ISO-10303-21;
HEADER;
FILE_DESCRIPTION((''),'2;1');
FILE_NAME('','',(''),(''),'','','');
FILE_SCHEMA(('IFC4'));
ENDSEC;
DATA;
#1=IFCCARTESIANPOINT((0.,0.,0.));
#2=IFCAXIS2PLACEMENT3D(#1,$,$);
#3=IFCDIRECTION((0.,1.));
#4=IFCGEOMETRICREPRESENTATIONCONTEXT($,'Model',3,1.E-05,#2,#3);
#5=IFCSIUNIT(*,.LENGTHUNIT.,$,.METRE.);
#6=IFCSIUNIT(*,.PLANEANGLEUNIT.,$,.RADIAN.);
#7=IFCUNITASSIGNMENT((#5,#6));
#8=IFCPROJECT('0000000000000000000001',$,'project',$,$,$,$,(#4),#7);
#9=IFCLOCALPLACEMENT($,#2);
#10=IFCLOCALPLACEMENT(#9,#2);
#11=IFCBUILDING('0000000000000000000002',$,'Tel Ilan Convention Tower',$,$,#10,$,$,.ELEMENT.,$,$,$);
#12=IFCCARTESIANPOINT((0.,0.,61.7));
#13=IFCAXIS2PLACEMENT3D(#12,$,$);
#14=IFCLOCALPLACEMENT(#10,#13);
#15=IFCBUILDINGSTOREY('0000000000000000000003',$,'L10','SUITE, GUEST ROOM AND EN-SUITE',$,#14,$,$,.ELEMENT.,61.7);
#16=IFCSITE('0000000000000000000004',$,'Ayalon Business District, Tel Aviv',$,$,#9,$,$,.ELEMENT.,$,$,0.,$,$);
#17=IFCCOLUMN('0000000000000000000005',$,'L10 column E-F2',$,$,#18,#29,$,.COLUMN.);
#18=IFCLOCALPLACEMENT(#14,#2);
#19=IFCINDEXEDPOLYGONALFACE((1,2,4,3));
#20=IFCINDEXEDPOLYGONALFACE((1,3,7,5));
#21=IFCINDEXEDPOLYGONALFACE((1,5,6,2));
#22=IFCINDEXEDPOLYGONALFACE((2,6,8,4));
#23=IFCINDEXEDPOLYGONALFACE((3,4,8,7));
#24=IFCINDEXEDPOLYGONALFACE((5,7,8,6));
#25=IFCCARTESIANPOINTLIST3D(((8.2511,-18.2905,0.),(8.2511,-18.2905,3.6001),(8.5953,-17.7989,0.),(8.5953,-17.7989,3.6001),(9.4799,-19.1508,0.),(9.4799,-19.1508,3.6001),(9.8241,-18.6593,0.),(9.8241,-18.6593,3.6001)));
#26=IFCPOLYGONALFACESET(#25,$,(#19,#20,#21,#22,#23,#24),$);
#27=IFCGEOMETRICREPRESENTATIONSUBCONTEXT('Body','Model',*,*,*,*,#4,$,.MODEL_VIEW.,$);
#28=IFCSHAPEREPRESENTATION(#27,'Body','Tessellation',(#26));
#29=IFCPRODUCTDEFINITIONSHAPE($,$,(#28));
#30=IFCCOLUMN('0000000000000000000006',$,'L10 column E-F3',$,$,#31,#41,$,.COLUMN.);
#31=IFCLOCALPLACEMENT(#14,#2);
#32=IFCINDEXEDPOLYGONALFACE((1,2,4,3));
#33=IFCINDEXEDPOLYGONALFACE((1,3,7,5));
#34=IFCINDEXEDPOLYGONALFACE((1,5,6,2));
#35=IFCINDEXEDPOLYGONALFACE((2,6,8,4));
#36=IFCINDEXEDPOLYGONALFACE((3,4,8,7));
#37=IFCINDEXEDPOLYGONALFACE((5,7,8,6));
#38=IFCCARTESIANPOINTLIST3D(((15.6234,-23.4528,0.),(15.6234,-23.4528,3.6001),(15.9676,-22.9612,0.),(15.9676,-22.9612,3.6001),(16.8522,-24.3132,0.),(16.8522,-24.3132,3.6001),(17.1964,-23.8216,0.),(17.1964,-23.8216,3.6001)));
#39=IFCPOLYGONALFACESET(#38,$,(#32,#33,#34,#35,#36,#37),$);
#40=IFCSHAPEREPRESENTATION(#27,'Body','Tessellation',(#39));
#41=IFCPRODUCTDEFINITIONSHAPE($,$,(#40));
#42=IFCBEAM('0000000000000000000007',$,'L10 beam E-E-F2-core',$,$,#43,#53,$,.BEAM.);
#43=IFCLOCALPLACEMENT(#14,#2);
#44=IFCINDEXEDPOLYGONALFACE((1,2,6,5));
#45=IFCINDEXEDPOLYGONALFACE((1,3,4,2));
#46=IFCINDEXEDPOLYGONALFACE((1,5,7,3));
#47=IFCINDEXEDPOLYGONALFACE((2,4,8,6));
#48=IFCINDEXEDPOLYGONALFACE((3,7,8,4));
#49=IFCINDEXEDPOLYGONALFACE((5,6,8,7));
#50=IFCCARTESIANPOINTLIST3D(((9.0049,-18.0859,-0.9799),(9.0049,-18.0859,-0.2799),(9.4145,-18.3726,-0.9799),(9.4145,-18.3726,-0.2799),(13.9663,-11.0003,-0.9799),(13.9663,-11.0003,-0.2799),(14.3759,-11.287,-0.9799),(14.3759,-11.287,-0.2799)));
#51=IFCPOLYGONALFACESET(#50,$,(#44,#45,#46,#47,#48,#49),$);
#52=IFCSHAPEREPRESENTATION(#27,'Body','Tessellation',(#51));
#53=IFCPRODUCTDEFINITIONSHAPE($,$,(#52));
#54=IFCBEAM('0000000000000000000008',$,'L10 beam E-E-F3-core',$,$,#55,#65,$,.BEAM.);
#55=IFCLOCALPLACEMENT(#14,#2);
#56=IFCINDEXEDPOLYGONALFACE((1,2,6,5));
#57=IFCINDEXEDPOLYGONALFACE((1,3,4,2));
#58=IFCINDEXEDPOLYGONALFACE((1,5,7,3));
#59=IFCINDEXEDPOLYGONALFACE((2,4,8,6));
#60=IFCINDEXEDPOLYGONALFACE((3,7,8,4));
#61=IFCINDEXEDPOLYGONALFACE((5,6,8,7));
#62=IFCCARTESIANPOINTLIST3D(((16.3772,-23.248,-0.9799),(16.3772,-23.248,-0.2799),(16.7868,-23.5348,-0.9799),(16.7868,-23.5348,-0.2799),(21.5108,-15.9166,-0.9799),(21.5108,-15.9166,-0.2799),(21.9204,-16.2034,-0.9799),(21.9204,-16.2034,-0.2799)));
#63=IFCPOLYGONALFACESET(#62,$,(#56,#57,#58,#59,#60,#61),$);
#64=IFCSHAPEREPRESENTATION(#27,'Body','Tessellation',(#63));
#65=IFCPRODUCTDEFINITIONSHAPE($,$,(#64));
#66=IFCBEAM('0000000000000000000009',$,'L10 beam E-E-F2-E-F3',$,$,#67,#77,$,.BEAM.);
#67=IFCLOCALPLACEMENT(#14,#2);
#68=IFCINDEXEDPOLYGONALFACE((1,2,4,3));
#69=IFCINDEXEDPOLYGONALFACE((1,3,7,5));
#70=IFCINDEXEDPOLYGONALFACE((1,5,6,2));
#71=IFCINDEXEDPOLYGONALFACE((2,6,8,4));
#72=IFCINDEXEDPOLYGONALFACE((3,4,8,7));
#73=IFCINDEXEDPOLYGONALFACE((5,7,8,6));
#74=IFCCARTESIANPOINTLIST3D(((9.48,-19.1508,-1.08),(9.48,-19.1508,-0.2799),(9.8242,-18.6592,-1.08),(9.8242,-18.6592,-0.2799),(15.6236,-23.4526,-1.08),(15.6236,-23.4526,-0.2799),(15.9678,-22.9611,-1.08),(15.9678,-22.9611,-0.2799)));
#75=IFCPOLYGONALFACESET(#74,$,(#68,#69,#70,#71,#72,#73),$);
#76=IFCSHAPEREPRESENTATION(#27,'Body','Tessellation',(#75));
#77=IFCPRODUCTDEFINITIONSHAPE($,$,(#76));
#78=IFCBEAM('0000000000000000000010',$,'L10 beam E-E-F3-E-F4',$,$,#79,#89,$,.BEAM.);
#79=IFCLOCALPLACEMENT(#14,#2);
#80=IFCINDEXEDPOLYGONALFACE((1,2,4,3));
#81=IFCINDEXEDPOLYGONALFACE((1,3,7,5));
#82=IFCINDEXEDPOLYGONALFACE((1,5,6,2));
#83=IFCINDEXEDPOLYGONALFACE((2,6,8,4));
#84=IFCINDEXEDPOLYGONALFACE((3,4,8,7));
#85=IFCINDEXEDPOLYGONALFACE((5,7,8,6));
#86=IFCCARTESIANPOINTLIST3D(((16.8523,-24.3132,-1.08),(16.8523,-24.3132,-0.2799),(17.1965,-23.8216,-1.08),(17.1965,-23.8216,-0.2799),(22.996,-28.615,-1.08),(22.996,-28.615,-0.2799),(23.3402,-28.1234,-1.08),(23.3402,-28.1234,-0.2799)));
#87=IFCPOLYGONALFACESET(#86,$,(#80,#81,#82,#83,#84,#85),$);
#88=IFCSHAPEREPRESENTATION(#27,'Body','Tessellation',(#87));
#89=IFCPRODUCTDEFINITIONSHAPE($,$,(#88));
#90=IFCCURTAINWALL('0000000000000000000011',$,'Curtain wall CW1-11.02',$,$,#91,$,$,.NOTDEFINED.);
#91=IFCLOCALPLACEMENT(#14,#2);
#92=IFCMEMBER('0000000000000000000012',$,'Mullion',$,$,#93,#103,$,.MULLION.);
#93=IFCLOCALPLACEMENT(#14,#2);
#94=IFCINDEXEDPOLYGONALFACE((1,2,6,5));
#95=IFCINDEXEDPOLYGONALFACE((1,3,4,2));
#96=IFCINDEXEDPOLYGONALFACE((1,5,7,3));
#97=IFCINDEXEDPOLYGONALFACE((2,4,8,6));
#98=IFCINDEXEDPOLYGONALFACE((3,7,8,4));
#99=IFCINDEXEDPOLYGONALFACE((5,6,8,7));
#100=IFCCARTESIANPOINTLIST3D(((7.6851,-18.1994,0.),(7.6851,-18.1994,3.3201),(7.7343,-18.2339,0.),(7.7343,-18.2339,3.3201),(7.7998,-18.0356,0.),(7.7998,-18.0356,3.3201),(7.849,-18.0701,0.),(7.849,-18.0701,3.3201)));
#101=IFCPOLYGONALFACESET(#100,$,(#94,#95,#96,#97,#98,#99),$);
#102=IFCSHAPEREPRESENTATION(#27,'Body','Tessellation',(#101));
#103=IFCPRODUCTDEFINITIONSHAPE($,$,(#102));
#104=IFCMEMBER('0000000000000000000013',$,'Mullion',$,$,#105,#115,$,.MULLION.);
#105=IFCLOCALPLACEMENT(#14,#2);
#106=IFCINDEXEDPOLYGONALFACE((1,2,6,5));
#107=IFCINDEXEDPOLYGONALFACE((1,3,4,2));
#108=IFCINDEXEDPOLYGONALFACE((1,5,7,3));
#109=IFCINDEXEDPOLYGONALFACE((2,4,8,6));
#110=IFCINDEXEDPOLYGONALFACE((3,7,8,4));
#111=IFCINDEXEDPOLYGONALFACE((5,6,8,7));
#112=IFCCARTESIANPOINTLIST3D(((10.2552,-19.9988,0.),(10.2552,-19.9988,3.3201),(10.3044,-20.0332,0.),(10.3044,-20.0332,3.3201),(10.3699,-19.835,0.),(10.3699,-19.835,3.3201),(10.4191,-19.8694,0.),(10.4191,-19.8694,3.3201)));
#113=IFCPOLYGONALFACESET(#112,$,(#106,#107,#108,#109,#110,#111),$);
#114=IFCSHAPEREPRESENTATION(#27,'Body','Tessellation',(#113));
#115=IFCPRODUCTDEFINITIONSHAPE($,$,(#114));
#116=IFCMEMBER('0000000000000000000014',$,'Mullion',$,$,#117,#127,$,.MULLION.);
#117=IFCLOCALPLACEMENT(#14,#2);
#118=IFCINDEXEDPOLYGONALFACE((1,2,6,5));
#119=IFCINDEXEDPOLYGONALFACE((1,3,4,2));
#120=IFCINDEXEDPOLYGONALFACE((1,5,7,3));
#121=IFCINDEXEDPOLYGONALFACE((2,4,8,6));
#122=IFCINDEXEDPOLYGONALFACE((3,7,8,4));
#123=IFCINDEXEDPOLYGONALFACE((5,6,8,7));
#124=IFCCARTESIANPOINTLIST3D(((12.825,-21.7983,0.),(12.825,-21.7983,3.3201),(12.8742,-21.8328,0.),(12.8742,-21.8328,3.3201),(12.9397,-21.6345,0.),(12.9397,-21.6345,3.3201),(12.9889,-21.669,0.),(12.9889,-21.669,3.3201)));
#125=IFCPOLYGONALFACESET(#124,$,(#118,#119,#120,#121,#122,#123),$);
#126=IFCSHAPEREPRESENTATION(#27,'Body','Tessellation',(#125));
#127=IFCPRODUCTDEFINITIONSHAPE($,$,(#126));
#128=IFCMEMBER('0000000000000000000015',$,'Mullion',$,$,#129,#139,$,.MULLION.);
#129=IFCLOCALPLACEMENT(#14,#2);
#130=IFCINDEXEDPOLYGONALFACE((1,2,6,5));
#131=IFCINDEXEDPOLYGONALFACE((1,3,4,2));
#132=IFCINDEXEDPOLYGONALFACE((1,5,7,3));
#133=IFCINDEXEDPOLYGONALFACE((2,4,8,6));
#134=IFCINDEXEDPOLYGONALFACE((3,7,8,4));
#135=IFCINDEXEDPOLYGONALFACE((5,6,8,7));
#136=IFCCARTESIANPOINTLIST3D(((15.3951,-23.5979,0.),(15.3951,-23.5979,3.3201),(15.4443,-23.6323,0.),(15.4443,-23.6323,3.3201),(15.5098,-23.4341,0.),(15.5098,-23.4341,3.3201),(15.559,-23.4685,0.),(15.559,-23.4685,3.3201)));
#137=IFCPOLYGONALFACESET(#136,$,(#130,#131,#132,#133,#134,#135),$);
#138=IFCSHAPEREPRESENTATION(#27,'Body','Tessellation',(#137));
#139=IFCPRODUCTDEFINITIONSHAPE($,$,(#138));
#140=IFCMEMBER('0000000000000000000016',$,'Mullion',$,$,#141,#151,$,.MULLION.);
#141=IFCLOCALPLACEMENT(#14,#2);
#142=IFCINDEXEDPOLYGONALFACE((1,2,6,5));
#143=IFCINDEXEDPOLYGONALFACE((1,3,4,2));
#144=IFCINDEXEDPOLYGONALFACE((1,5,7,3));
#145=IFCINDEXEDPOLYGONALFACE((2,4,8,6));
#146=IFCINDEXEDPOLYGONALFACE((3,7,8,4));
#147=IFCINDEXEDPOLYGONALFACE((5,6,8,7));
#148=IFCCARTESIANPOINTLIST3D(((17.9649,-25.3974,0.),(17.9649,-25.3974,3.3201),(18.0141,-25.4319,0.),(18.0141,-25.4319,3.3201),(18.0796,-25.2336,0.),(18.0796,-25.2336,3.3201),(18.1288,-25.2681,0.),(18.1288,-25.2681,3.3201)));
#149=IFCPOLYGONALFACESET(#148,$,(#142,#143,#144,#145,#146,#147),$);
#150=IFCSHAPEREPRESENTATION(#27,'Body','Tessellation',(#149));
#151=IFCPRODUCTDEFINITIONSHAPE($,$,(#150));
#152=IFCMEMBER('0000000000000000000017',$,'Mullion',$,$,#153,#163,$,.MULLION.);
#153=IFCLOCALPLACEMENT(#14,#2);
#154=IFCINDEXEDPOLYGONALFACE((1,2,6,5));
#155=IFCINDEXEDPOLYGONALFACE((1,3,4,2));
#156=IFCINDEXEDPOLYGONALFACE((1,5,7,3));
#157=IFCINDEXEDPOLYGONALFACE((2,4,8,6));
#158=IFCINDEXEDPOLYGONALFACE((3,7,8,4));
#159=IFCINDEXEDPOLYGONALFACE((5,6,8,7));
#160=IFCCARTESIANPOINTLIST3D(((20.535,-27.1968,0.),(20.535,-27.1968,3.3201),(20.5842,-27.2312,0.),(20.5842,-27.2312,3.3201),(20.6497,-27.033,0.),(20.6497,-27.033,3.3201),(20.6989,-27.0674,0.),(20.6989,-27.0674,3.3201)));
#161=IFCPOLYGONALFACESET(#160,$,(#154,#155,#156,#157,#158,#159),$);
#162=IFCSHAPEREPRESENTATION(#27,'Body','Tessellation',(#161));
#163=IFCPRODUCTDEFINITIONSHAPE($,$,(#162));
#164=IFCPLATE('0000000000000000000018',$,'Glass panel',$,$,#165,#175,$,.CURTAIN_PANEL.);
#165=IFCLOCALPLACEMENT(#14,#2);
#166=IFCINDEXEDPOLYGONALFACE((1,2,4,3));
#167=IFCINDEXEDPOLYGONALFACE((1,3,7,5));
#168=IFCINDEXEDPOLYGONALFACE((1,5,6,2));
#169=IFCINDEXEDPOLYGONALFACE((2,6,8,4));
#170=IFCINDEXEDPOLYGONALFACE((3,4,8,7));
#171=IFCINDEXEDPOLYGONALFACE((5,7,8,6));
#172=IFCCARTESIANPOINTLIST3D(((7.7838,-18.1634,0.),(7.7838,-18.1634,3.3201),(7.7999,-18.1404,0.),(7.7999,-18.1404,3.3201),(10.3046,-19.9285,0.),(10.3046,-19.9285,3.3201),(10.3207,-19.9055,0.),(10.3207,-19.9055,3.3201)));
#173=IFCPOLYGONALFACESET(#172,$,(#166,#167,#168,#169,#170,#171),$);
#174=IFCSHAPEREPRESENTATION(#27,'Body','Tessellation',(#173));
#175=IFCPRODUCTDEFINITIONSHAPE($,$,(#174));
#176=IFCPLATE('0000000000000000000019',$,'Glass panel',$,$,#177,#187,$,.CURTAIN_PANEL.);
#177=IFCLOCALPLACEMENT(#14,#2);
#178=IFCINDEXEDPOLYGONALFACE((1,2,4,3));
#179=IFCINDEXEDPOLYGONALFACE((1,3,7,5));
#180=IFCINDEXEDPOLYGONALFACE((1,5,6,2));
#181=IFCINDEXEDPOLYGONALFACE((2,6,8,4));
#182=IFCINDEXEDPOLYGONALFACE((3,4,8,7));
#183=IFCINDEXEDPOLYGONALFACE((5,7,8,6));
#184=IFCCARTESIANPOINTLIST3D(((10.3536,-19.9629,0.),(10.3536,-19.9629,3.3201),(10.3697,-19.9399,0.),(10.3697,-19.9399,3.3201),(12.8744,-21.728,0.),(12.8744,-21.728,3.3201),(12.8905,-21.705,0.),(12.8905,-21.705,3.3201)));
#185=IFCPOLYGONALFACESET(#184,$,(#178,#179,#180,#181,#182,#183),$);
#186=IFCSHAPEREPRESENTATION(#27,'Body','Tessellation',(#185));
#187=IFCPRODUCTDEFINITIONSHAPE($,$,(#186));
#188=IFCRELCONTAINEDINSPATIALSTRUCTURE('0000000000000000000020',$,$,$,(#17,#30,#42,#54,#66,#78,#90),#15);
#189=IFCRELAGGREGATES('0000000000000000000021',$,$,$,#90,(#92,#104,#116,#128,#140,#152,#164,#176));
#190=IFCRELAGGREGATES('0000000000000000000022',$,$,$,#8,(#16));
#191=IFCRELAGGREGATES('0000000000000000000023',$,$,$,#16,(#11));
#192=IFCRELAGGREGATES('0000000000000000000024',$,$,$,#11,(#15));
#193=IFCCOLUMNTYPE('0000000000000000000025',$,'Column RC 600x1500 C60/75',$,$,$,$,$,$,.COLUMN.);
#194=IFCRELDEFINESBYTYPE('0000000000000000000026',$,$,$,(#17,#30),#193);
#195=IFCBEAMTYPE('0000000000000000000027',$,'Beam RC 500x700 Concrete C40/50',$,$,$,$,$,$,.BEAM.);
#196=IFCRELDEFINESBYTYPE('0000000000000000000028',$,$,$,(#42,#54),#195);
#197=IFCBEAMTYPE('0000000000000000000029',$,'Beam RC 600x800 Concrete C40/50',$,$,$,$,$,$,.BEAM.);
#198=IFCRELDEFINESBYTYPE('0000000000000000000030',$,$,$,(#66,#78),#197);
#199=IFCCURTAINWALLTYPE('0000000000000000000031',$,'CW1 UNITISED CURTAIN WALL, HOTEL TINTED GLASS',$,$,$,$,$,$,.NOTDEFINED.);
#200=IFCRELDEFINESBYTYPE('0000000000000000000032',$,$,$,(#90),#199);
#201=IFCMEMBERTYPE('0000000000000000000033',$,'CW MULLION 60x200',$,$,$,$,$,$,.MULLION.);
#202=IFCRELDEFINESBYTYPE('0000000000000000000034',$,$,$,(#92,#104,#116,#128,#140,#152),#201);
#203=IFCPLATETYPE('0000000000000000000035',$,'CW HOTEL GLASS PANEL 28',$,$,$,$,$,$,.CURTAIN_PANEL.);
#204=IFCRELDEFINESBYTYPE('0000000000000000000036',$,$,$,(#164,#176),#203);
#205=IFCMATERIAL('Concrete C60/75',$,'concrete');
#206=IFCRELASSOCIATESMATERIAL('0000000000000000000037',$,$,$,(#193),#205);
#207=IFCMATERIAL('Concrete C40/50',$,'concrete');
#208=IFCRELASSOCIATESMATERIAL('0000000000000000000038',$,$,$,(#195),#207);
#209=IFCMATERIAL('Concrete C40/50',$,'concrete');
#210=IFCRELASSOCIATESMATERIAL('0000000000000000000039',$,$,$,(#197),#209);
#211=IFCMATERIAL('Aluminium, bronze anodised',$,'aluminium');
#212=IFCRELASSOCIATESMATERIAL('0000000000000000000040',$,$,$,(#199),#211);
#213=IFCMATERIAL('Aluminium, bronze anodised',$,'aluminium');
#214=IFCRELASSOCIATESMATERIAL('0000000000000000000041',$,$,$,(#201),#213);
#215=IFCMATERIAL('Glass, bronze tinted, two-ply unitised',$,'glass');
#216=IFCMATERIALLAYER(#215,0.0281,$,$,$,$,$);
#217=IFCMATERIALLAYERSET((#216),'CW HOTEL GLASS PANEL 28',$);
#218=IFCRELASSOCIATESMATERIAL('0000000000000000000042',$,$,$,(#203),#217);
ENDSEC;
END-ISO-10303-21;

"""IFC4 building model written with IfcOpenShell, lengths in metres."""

from ifc_helpers import new_model, si_unit, direction, frame, origin, origin_2d, place, context, subcontext, project, spatial, rectangle, extrude, material, layer, layer_set, material_profile, profile_set, type_object, element, aggregate, save


model = new_model("IFC4")

# Units and contexts
model_context = context("Model", 3, precision=1e-05, world=origin(), true_north=direction((0.0, 1.0)))
body_context = subcontext(model_context, "Body", "Model", "MODEL_VIEW")
ifc_project = project(units=[si_unit("LENGTHUNIT", "METRE"), si_unit("PLANEANGLEUNIT", "RADIAN")], contexts=[model_context])

# Site, building, storey
site_placement = place(None, origin())
site = spatial("IfcSite", under=ifc_project, at=site_placement, Name="Ayalon Business District, Tel Aviv", CompositionType="ELEMENT", RefElevation=0.0)
building_placement = place(site_placement, origin())
building = spatial("IfcBuilding", under=site, at=building_placement, Name="Tel Ilan Convention Tower", CompositionType="ELEMENT")
storey_placement = place(building_placement, frame((0.0, 0.0, 61.7)))
storey = spatial("IfcBuildingStorey", under=building, at=storey_placement, Name="L10", Description="SUITE, GUEST ROOM AND EN-SUITE", CompositionType="ELEMENT", Elevation=61.7)

# Columns
ifc_material_1 = material(Name="Concrete C60/75", Category="concrete")
ifc_material_profile_1 = material_profile(ifc_material_1, rectangle(XDim=1.5, YDim=0.6001, at=origin_2d()), Name="RC 600x1500")
ifc_profile_set_1 = profile_set([ifc_material_profile_1], Name="Concrete C60/75")
column_type = type_object("IfcColumnType", Name="Column RC 600x1500 C60/75", PredefinedType="COLUMN", material=ifc_profile_set_1)
for number, where, z_axis, x_axis, name in (
    (1, (9.0376, -18.4749, 0.0), (0.0, 0.0, 1.0), (0.819152, -0.573576, 0.0), "L10 column E-F2"),
    (2, (16.4099, -23.6372, 0.0), (0.0, 0.0, 1.0), (0.819152, -0.573576, 0.0), "L10 column E-F3"),
):
    element("IfcColumn", number, at=place(storey_placement, frame(where, z_axis=z_axis, x_axis=x_axis)), inside=storey, type_object=column_type, Name=name, PredefinedType="COLUMN", context=body_context, shape_type="SweptSolid", body=[
        extrude(rectangle(XDim=1.5, YDim=0.6001, at=origin_2d()), origin(), (0.0, 0.0, 1.0), 3.6001),
    ])

# Beams
ifc_material_2 = material(Name="Concrete C40/50", Category="concrete")
ifc_material_profile_2 = material_profile(ifc_material_2, rectangle(XDim=0.5, YDim=0.7, at=origin_2d()), Name="RC 500x700")
ifc_profile_set_2 = profile_set([ifc_material_profile_2], Name="Concrete C40/50")
beam_type_1 = type_object("IfcBeamType", Name="Beam RC 500x700 Concrete C40/50", PredefinedType="BEAM", material=ifc_profile_set_2)
beam_1_placement = place(storey_placement, frame((9.2097, -18.2292, -0.6299), z_axis=(0.573574, 0.819154, 0.0), x_axis=(-0.819154, 0.573574, 0.0)))
element("IfcBeam", 3, at=beam_1_placement, inside=storey, type_object=beam_type_1, Name="L10 beam E-E-F2-core", PredefinedType="BEAM", context=body_context, shape_type="SweptSolid", body=[
    extrude(rectangle(XDim=0.5, YDim=0.7, at=origin_2d()), origin(), (0.0, 0.0, 1.0), 8.6499),
])
beam_2_placement = place(storey_placement, frame((16.582, -23.3914, -0.6299), z_axis=(0.573585, 0.819146, 0.0), x_axis=(-0.819146, 0.573585, 0.0)))
element("IfcBeam", 4, at=beam_2_placement, inside=storey, type_object=beam_type_1, Name="L10 beam E-E-F3-core", PredefinedType="BEAM", context=body_context, shape_type="SweptSolid", body=[
    extrude(rectangle(XDim=0.5, YDim=0.7, at=origin_2d()), origin(), (0.0, 0.0, 1.0), 8.95),
])
ifc_material_3 = material(Name="Concrete C40/50", Category="concrete")
ifc_material_profile_3 = material_profile(ifc_material_3, rectangle(XDim=0.6001, YDim=0.8, at=origin_2d()), Name="RC 600x800")
ifc_profile_set_3 = profile_set([ifc_material_profile_3], Name="Concrete C40/50")
beam_type_2 = type_object("IfcBeamType", Name="Beam RC 600x800 Concrete C40/50", PredefinedType="BEAM", material=ifc_profile_set_3)
for number, where, z_axis, x_axis, name in (
    (5, (9.6521, -18.905, -0.6799), (0.819152, -0.573576, 0.0), (0.573576, 0.819152, 0.0), "L10 beam E-E-F2-E-F3"),
    (6, (17.0244, -24.0674, -0.6799), (0.819152, -0.573576, 0.0), (0.573576, 0.819152, 0.0), "L10 beam E-E-F3-E-F4"),
):
    element("IfcBeam", number, at=place(storey_placement, frame(where, z_axis=z_axis, x_axis=x_axis)), inside=storey, type_object=beam_type_2, Name=name, PredefinedType="BEAM", context=body_context, shape_type="SweptSolid", body=[
        extrude(rectangle(XDim=0.6001, YDim=0.8, at=origin_2d()), origin(), (0.0, 0.0, 1.0), 7.5),
    ])

# Curtain wall, members, plates
ifc_material_4 = material(Name="Aluminium, bronze anodised", Category="aluminium")
curtain_wall_type = type_object("IfcCurtainWallType", Name="CW1 UNITISED CURTAIN WALL, HOTEL TINTED GLASS", PredefinedType="NOTDEFINED", material=ifc_material_4)
curtain_wall_placement = place(storey_placement, origin())
curtain_wall = element("IfcCurtainWall", 7, at=curtain_wall_placement, inside=storey, type_object=curtain_wall_type, Name="Curtain wall CW1-11.02", PredefinedType="NOTDEFINED")
ifc_material_5 = material(Name="Aluminium, bronze anodised", Category="aluminium")
ifc_material_profile_4 = material_profile(ifc_material_5, rectangle(XDim=0.0601, YDim=0.2, at=origin_2d()), Name="CW MULLION 60x200")
ifc_profile_set_4 = profile_set([ifc_material_profile_4], Name="Aluminium, bronze anodised")
member_type = type_object("IfcMemberType", Name="CW MULLION 60x200", PredefinedType="MULLION", material=ifc_profile_set_4)
member_1_placement = place(storey_placement, frame((7.7671, -18.1348, 0.0), z_axis=(0.0, 0.0, 1.0), x_axis=(0.819152, -0.573576, 0.0)))
member_1 = element("IfcMember", 8, at=member_1_placement, type_object=member_type, Name="Mullion", PredefinedType="MULLION", context=body_context, shape_type="SweptSolid", body=[
    extrude(rectangle(XDim=0.0601, YDim=0.2, at=origin_2d()), origin(), (0.0, 0.0, 1.0), 3.3201),
])
member_2_placement = place(storey_placement, frame((10.3372, -19.9341, 0.0), z_axis=(0.0, 0.0, 1.0), x_axis=(0.819152, -0.573576, 0.0)))
member_2 = element("IfcMember", 9, at=member_2_placement, type_object=member_type, Name="Mullion", PredefinedType="MULLION", context=body_context, shape_type="SweptSolid", body=[
    extrude(rectangle(XDim=0.0601, YDim=0.2, at=origin_2d()), origin(), (0.0, 0.0, 1.0), 3.3201),
])
member_3_placement = place(storey_placement, frame((12.907, -21.7336, 0.0), z_axis=(0.0, 0.0, 1.0), x_axis=(0.819152, -0.573576, 0.0)))
member_3 = element("IfcMember", 10, at=member_3_placement, type_object=member_type, Name="Mullion", PredefinedType="MULLION", context=body_context, shape_type="SweptSolid", body=[
    extrude(rectangle(XDim=0.0601, YDim=0.2, at=origin_2d()), origin(), (0.0, 0.0, 1.0), 3.3201),
])
member_4_placement = place(storey_placement, frame((15.4771, -23.5332, 0.0), z_axis=(0.0, 0.0, 1.0), x_axis=(0.819152, -0.573576, 0.0)))
member_4 = element("IfcMember", 11, at=member_4_placement, type_object=member_type, Name="Mullion", PredefinedType="MULLION", context=body_context, shape_type="SweptSolid", body=[
    extrude(rectangle(XDim=0.0601, YDim=0.2, at=origin_2d()), origin(), (0.0, 0.0, 1.0), 3.3201),
])
member_5_placement = place(storey_placement, frame((18.0469, -25.3328, 0.0), z_axis=(0.0, 0.0, 1.0), x_axis=(0.819152, -0.573576, 0.0)))
member_5 = element("IfcMember", 12, at=member_5_placement, type_object=member_type, Name="Mullion", PredefinedType="MULLION", context=body_context, shape_type="SweptSolid", body=[
    extrude(rectangle(XDim=0.0601, YDim=0.2, at=origin_2d()), origin(), (0.0, 0.0, 1.0), 3.3201),
])
member_6_placement = place(storey_placement, frame((20.6169, -27.1321, 0.0), z_axis=(0.0, 0.0, 1.0), x_axis=(0.819152, -0.573576, 0.0)))
member_6 = element("IfcMember", 13, at=member_6_placement, type_object=member_type, Name="Mullion", PredefinedType="MULLION", context=body_context, shape_type="SweptSolid", body=[
    extrude(rectangle(XDim=0.0601, YDim=0.2, at=origin_2d()), origin(), (0.0, 0.0, 1.0), 3.3201),
])
ifc_material_6 = material(Name="Glass, bronze tinted, two-ply unitised", Category="glass")
ifc_layer_1 = layer(ifc_material_6, 0.0281)
ifc_layer_set_1 = layer_set([ifc_layer_1], Name="CW HOTEL GLASS PANEL 28")
plate_type = type_object("IfcPlateType", Name="CW HOTEL GLASS PANEL 28", PredefinedType="CURTAIN_PANEL", material=ifc_layer_set_1)
plate_1_placement = place(storey_placement, frame((9.0522, -19.0344, 0.0), z_axis=(0.0, 0.0, 1.0), x_axis=(0.819152, -0.573576, 0.0)))
plate_1 = element("IfcPlate", 14, at=plate_1_placement, type_object=plate_type, Name="Glass panel", PredefinedType="CURTAIN_PANEL", context=body_context, shape_type="SweptSolid", body=[
    extrude(rectangle(XDim=3.0774, YDim=0.0281, at=origin_2d()), origin(), (0.0, 0.0, 1.0), 3.3201),
])
plate_2_placement = place(storey_placement, frame((11.6221, -20.834, 0.0), z_axis=(0.0, 0.0, 1.0), x_axis=(0.819152, -0.573576, 0.0)))
plate_2 = element("IfcPlate", 15, at=plate_2_placement, type_object=plate_type, Name="Glass panel", PredefinedType="CURTAIN_PANEL", context=body_context, shape_type="SweptSolid", body=[
    extrude(rectangle(XDim=3.0774, YDim=0.0281, at=origin_2d()), origin(), (0.0, 0.0, 1.0), 3.3201),
])
aggregate(curtain_wall, [member_1, member_2, member_3, member_4, member_5, member_6, plate_1, plate_2])

save(model, "model.ifc")
